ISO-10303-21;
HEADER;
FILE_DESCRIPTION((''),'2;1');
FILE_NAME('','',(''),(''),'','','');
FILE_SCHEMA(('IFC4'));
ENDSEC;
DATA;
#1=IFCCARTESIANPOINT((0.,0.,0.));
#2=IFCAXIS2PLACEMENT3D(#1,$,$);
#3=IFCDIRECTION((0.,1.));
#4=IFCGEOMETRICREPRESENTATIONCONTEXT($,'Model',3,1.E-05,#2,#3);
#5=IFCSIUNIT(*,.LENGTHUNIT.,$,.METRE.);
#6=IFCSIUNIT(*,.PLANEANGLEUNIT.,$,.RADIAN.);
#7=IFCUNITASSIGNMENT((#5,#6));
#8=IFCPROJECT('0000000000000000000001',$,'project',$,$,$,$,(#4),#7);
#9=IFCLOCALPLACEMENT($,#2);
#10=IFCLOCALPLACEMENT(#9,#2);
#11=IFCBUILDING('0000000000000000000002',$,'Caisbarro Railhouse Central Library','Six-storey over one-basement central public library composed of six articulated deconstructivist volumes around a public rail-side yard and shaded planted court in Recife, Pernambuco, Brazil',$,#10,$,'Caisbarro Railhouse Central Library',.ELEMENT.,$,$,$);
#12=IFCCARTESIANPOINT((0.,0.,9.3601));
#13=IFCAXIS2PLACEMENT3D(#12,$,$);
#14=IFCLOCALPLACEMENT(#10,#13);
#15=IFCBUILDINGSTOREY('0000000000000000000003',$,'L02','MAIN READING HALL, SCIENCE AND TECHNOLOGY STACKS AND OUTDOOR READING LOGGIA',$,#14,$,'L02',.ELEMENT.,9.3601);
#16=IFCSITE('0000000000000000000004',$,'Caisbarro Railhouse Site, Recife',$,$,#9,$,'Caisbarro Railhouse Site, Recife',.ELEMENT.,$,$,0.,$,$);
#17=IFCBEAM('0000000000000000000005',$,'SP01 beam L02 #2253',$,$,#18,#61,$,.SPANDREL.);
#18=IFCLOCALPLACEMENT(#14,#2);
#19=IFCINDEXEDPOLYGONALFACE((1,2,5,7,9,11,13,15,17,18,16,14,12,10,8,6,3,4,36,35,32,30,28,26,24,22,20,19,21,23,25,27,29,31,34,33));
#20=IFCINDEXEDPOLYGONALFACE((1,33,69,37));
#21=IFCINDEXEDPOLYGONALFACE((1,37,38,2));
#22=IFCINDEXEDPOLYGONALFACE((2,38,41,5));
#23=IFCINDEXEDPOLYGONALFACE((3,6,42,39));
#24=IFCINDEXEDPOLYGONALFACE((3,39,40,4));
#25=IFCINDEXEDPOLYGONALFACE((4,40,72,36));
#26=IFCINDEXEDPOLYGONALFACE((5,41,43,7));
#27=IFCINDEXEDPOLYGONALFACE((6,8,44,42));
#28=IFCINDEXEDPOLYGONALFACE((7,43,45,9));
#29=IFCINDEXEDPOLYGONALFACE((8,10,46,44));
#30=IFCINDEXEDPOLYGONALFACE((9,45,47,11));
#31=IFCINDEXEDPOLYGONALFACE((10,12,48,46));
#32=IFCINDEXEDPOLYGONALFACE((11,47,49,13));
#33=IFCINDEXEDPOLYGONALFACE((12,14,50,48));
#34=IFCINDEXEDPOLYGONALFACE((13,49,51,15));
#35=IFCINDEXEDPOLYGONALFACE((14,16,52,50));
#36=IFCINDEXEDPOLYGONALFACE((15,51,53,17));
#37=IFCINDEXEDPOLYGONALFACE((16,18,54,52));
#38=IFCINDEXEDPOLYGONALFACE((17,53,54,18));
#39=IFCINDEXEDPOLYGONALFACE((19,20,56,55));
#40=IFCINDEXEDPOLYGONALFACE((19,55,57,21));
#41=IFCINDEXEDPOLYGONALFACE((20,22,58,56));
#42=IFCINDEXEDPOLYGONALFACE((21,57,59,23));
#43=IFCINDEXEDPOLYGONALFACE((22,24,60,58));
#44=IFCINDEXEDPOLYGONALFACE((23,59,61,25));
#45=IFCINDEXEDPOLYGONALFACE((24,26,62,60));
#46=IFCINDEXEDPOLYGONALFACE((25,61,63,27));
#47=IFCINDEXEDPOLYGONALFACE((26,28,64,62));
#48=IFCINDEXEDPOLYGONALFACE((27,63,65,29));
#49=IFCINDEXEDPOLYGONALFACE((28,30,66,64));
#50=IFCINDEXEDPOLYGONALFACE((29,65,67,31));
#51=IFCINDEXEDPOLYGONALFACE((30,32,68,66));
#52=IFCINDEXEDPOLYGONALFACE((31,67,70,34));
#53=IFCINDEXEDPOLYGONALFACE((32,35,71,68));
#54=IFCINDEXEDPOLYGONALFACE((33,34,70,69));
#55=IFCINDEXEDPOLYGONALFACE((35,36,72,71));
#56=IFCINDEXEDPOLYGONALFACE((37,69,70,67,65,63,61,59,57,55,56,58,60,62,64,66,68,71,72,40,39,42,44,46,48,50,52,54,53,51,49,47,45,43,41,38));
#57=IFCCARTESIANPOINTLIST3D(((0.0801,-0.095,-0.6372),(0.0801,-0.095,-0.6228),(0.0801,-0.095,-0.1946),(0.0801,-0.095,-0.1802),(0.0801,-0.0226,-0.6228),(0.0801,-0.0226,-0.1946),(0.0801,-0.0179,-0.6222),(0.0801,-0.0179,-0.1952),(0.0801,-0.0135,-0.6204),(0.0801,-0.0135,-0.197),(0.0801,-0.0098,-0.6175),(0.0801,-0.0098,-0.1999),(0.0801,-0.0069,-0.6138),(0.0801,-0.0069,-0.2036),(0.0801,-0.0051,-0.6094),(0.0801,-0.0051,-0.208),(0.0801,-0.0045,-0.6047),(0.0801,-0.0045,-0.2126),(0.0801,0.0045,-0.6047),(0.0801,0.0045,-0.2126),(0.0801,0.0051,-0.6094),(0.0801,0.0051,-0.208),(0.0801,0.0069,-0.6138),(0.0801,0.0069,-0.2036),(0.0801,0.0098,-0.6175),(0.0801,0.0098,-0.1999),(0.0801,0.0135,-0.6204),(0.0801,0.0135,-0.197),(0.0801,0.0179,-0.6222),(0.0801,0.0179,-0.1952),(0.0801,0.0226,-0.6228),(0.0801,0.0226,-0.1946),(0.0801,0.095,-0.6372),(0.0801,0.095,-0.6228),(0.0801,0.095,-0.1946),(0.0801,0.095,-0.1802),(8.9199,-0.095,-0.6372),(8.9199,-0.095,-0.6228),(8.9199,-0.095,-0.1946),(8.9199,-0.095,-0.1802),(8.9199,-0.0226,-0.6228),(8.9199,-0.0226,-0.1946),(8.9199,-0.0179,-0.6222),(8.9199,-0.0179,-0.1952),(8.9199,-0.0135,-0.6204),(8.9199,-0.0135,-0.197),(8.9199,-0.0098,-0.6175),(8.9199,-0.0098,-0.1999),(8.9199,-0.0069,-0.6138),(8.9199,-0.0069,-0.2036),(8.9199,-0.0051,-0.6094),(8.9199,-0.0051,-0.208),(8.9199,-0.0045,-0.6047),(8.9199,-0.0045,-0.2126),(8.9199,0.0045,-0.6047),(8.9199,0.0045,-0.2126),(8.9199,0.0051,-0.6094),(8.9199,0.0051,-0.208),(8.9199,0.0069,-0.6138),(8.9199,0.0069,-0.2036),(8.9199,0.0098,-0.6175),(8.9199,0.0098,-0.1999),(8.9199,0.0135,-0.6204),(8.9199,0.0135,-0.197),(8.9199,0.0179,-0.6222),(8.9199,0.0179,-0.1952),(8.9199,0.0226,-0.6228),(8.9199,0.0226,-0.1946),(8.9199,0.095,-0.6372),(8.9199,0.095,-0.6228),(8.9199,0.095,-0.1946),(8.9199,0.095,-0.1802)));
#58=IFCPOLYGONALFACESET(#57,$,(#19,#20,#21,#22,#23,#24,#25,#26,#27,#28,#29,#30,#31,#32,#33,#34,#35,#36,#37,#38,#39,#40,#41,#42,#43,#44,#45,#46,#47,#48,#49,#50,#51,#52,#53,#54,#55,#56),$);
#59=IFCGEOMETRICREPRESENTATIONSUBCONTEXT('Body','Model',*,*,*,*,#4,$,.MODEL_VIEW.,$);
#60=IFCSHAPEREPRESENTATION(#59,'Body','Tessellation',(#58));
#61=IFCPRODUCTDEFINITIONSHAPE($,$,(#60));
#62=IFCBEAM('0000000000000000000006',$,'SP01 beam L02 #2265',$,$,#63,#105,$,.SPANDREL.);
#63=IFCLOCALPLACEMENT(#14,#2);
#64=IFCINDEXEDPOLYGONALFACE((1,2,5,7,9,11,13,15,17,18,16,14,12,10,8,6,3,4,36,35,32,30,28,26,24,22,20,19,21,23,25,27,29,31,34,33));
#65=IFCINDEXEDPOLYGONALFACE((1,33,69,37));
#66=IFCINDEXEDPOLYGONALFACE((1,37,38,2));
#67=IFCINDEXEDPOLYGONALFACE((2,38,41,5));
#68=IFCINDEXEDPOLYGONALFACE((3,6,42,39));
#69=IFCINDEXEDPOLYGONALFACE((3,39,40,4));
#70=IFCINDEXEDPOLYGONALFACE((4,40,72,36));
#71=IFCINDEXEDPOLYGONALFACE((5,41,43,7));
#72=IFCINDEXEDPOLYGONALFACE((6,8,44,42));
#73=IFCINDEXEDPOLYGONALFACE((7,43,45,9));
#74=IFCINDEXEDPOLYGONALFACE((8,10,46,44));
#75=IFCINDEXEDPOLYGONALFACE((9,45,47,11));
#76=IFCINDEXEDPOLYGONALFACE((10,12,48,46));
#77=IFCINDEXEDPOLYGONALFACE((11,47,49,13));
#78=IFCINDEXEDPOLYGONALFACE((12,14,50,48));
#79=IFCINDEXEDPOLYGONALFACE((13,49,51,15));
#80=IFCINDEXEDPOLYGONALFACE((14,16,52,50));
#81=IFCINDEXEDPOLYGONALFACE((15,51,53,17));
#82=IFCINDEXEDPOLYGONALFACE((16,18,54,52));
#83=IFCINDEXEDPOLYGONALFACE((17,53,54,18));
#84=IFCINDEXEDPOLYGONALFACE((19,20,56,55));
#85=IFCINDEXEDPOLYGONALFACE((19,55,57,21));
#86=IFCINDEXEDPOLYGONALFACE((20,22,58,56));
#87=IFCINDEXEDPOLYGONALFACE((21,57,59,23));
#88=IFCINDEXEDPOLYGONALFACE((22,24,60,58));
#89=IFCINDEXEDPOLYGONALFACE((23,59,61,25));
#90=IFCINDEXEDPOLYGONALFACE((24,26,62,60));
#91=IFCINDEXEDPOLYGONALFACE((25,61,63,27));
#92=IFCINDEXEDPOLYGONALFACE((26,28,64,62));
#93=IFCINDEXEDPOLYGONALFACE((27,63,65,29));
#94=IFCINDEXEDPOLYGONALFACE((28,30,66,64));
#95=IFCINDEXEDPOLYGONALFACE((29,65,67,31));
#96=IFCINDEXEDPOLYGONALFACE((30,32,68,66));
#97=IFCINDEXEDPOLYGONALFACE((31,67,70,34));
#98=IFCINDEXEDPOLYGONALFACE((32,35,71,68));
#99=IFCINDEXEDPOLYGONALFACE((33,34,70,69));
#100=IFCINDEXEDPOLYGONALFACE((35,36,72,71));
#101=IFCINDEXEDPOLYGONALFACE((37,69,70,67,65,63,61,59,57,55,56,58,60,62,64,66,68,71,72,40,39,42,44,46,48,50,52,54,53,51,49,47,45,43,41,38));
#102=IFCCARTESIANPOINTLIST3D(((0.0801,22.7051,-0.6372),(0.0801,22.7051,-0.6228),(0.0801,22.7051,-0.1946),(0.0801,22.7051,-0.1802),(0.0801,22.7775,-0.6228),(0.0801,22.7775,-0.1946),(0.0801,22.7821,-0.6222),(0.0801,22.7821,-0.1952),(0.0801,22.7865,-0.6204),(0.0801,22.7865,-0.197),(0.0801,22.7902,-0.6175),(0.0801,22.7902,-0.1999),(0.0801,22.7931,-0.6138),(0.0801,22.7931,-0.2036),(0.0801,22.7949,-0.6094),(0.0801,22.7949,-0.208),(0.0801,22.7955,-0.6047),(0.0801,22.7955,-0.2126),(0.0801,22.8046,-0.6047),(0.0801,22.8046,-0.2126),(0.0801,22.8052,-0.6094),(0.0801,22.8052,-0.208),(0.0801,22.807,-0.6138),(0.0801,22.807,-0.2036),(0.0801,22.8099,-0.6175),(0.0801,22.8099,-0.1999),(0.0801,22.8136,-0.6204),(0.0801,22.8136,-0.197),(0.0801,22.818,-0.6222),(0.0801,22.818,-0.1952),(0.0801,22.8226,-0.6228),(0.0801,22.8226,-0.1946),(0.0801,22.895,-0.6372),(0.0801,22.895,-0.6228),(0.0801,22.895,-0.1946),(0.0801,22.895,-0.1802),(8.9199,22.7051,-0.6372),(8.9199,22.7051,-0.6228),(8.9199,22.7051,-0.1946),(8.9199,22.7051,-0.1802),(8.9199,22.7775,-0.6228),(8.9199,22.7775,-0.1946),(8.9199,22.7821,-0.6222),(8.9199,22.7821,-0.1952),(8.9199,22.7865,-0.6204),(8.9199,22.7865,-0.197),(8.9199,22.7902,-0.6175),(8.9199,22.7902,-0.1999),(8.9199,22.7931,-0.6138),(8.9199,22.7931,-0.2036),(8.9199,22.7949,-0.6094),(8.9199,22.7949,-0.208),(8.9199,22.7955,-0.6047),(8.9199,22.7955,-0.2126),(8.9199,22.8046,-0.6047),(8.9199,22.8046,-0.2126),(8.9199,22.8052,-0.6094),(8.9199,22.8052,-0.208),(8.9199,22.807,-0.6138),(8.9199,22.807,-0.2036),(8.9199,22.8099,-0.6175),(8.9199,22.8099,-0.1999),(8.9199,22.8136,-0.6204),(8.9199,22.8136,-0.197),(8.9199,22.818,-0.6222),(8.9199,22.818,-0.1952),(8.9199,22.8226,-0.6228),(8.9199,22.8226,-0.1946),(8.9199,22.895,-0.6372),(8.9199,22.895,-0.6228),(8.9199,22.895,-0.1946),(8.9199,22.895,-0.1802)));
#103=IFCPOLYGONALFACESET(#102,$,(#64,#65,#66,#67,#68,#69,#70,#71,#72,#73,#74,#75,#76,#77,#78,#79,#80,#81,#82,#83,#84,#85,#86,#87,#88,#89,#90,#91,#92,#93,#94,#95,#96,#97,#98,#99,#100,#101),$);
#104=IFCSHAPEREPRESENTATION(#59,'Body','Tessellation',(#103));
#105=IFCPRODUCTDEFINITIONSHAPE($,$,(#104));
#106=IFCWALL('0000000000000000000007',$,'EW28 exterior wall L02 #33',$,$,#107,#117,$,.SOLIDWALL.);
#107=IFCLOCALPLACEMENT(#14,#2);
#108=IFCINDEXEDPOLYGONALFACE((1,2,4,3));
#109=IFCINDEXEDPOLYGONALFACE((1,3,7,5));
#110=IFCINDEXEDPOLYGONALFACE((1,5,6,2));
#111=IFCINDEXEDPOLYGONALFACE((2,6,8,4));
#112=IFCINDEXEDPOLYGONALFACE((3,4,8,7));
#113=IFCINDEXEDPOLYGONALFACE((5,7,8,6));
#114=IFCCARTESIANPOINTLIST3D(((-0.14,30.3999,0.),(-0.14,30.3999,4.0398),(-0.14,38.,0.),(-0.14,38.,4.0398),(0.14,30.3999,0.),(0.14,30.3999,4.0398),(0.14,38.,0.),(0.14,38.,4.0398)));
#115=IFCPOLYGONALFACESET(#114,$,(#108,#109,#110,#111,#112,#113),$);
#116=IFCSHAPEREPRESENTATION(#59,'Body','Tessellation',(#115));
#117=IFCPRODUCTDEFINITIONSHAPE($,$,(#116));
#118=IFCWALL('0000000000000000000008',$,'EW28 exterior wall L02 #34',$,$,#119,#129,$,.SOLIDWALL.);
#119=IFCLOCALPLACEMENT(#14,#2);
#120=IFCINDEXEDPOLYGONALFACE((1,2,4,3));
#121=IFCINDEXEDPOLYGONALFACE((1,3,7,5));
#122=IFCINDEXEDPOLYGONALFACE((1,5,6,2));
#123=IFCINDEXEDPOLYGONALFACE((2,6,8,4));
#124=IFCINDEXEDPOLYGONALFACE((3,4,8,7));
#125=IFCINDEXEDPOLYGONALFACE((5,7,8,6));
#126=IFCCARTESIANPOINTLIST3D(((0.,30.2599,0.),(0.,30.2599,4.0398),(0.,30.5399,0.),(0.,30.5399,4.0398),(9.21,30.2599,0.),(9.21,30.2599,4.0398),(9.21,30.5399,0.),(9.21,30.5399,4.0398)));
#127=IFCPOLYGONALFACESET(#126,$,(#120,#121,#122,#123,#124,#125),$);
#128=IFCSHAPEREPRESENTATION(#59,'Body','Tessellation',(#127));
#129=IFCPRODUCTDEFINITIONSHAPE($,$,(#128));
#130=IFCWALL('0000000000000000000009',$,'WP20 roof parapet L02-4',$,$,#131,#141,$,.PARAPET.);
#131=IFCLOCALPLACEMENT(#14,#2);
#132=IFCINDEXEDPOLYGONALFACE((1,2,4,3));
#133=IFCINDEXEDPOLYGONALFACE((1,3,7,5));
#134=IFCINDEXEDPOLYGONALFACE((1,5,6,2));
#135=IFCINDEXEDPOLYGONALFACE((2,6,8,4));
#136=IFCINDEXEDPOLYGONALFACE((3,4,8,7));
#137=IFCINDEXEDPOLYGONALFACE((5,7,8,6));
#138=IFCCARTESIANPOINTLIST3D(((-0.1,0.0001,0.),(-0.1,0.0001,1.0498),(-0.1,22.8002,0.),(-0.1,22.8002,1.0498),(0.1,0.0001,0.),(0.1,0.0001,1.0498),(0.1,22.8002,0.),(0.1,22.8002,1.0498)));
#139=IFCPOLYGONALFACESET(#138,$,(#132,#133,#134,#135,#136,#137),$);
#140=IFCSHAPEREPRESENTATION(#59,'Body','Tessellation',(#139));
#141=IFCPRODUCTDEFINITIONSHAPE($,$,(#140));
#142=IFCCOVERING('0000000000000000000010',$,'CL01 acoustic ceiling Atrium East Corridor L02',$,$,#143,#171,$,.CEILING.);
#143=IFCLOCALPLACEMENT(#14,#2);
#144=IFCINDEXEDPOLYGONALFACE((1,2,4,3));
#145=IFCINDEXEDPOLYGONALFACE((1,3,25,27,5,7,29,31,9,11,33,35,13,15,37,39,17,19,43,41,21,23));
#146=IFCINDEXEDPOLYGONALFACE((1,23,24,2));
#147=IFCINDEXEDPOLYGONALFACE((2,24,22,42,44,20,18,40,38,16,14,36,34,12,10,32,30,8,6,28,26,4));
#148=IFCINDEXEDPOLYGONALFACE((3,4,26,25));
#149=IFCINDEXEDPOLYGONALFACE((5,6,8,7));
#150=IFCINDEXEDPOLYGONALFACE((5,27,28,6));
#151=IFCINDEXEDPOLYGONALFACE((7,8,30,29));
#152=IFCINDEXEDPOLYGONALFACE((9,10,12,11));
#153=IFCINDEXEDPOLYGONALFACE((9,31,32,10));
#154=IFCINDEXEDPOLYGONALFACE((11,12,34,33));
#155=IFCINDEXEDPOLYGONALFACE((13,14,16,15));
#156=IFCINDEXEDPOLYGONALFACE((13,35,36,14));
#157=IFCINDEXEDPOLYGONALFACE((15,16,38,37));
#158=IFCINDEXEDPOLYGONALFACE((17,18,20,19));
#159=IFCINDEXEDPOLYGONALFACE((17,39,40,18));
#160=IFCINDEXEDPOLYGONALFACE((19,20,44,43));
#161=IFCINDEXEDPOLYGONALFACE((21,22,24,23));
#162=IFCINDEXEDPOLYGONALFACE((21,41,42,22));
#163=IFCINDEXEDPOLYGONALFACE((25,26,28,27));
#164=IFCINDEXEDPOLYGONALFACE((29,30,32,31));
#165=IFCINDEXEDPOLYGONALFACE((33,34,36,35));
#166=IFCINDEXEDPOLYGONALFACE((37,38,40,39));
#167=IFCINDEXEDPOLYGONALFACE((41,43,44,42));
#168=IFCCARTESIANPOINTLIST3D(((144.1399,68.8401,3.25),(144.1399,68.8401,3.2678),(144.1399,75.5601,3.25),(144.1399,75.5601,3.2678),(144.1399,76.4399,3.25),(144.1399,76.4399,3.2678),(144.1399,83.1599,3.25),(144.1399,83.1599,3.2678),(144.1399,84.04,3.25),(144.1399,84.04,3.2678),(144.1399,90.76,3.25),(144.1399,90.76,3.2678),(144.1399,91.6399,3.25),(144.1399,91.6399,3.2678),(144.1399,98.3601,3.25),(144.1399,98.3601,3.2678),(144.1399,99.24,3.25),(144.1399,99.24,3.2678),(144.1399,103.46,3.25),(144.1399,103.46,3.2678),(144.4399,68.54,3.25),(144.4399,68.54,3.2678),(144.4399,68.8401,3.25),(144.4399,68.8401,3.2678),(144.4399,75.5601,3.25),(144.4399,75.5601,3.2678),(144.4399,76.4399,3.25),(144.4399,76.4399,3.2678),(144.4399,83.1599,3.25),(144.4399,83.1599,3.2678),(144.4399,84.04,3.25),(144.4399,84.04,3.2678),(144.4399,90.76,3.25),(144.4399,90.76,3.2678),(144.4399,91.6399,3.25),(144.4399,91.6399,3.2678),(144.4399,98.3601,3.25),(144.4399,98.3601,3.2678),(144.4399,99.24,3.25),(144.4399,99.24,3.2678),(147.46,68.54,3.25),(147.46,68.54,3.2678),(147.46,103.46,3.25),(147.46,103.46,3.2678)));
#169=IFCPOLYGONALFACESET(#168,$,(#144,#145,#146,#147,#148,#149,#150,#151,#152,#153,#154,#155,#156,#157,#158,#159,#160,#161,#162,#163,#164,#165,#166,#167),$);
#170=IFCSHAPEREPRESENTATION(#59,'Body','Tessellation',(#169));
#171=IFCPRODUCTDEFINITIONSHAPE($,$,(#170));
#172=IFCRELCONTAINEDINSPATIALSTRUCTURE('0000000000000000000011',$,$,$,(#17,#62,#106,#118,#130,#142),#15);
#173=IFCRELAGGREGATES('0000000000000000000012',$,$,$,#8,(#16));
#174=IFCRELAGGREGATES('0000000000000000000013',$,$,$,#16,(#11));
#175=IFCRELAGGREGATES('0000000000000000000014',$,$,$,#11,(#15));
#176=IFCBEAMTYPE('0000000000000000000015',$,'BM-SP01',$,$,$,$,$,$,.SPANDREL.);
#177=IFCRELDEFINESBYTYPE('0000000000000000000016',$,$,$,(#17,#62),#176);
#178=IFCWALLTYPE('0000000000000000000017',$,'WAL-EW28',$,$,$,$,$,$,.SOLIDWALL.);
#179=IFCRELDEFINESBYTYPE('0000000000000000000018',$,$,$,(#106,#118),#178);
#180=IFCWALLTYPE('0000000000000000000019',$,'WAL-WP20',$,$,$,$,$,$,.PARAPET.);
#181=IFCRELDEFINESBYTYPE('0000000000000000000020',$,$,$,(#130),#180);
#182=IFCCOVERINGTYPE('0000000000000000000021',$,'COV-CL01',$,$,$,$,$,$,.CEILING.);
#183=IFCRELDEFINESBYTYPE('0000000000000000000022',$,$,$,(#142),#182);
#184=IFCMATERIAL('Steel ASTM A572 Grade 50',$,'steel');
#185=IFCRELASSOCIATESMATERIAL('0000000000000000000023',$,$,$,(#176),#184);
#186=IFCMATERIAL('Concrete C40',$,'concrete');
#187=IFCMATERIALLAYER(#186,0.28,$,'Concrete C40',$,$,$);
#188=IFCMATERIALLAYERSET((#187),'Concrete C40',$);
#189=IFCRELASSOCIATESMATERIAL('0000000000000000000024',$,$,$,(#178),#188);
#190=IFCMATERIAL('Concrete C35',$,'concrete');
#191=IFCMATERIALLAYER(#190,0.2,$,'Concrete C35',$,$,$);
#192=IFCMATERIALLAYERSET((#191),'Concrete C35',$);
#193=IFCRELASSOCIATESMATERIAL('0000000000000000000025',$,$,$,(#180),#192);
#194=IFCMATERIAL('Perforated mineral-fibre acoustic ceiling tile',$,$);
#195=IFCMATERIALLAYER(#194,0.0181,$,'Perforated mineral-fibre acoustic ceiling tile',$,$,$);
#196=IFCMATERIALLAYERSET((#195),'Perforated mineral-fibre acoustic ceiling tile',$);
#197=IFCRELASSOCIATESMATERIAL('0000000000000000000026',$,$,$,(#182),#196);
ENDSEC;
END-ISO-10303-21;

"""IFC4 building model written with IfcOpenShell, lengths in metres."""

from ifc_helpers import new_model, si_unit, direction, frame, frame_2d, origin, origin_2d, place, context, subcontext, project, spatial, polyline, rectangle, i_section, outline, extrude, material, layer, layer_set, material_profile, profile_set, type_object, element, save


model = new_model("IFC4")

# Units and contexts
model_context = context("Model", 3, precision=1e-05, world=origin(), true_north=direction((0.0, 1.0)))
body_context = subcontext(model_context, "Body", "Model", "MODEL_VIEW")
ifc_project = project(units=[si_unit("LENGTHUNIT", "METRE"), si_unit("PLANEANGLEUNIT", "RADIAN")], contexts=[model_context])

# Site, building, storey
site_placement = place(None, origin())
site = spatial("IfcSite", under=ifc_project, at=site_placement, Name="Caisbarro Railhouse Site, Recife", LongName="Caisbarro Railhouse Site, Recife", CompositionType="ELEMENT", RefElevation=0.0)
building_placement = place(site_placement, origin())
building = spatial("IfcBuilding", under=site, at=building_placement, Name="Caisbarro Railhouse Central Library", Description="Six-storey over one-basement central public library composed of six articulated deconstructivist volumes around a public rail-side yard and shaded planted court in Recife, Pernambuco, Brazil", LongName="Caisbarro Railhouse Central Library", CompositionType="ELEMENT")
storey_placement = place(building_placement, frame((0.0, 0.0, 9.3601)))
storey = spatial("IfcBuildingStorey", under=building, at=storey_placement, Name="L02", Description="MAIN READING HALL, SCIENCE AND TECHNOLOGY STACKS AND OUTDOOR READING LOGGIA", LongName="L02", CompositionType="ELEMENT", Elevation=9.3601)

# Shared definitions
ifc_material_1 = material(Name="Steel ASTM A572 Grade 50", Category="steel")

# Beams
ifc_material_profile_1 = material_profile(ifc_material_1, i_section(OverallWidth=0.1899, OverallDepth=0.457, WebThickness=0.009, FlangeThickness=0.0144, FilletRadius=0.0181, at=origin_2d()), Name="W460X74.0")
ifc_profile_set_1 = profile_set([ifc_material_profile_1], Name="Steel ASTM A572 Grade 50")
beam_type_1 = type_object("IfcBeamType", Name="BM-SP01", PredefinedType="SPANDREL", material=ifc_profile_set_1)
for number, where, z_axis, x_axis, name in (
    (1, (0.0801, 0.0, -0.4087), (1.0, 0.0, 0.0), (0.0, 1.0, 0.0), "SP01 beam L02 #2253"),
    (2, (0.0801, 22.8, -0.4087), (1.0, 0.0, 0.0), (0.0, 1.0, 0.0), "SP01 beam L02 #2265"),
):
    element("IfcBeam", number, at=place(storey_placement, frame(where, z_axis=z_axis, x_axis=x_axis)), inside=storey, type_object=beam_type_1, Name=name, PredefinedType="SPANDREL", context=body_context, shape_type="SweptSolid", body=[
        extrude(i_section(OverallWidth=0.1899, OverallDepth=0.457, WebThickness=0.009, FlangeThickness=0.0144, FilletRadius=0.0181, at=origin_2d()), origin(), (0.0, 0.0, 1.0), 8.8398),
    ])

# Walls
ifc_material_2 = material(Name="Concrete C40", Category="concrete")
ifc_layer_1 = layer(ifc_material_2, 0.28, Name="Concrete C40")
ifc_layer_set_1 = layer_set([ifc_layer_1], Name="Concrete C40")
wall_type_1 = type_object("IfcWallType", Name="WAL-EW28", PredefinedType="SOLIDWALL", material=ifc_layer_set_1)
wall_1_placement = place(storey_placement, frame((0.0, 30.3999, 0.0), z_axis=(0.0, 0.0, 1.0), x_axis=(0.0, 1.0, 0.0)))
element("IfcWall", 3, at=wall_1_placement, inside=storey, type_object=wall_type_1, Name="EW28 exterior wall L02 #33", PredefinedType="SOLIDWALL", context=body_context, shape_type="SweptSolid", body=[
    extrude(rectangle(XDim=7.6001, YDim=0.28, at=frame_2d((3.8, 0.0))), origin(), (0.0, 0.0, 1.0), 4.0398),
])
wall_2_placement = place(storey_placement, frame((0.0, 30.3999, 0.0), z_axis=(0.0, 0.0, 1.0), x_axis=(1.0, 0.0, 0.0)))
element("IfcWall", 4, at=wall_2_placement, inside=storey, type_object=wall_type_1, Name="EW28 exterior wall L02 #34", PredefinedType="SOLIDWALL", context=body_context, shape_type="SweptSolid", body=[
    extrude(rectangle(XDim=9.21, YDim=0.28, at=frame_2d((4.605, 0.0))), origin(), (0.0, 0.0, 1.0), 4.0398),
])
ifc_material_3 = material(Name="Concrete C35", Category="concrete")
ifc_layer_2 = layer(ifc_material_3, 0.2, Name="Concrete C35")
ifc_layer_set_2 = layer_set([ifc_layer_2], Name="Concrete C35")
wall_type_2 = type_object("IfcWallType", Name="WAL-WP20", PredefinedType="PARAPET", material=ifc_layer_set_2)
wall_3_placement = place(storey_placement, frame((0.0, 22.8, 0.0), z_axis=(0.0, 0.0, 1.0), x_axis=(0.0, -1.0, 0.0)))
element("IfcWall", 5, at=wall_3_placement, inside=storey, type_object=wall_type_2, Name="WP20 roof parapet L02-4", PredefinedType="PARAPET", context=body_context, shape_type="SweptSolid", body=[
    extrude(rectangle(XDim=22.8, YDim=0.2, at=frame_2d((11.3999, 0.0))), origin(), (0.0, 0.0, 1.0), 1.0498),
])

# Covering
ifc_material_4 = material(Name="Perforated mineral-fibre acoustic ceiling tile")
ifc_layer_3 = layer(ifc_material_4, 0.0181, Name="Perforated mineral-fibre acoustic ceiling tile")
ifc_layer_set_3 = layer_set([ifc_layer_3], Name="Perforated mineral-fibre acoustic ceiling tile")
covering_type_1 = type_object("IfcCoveringType", Name="COV-CL01", PredefinedType="CEILING", material=ifc_layer_set_3)
covering_1_placement = place(storey_placement, frame((0.0, 0.0, 3.25)))
element("IfcCovering", 6, at=covering_1_placement, inside=storey, type_object=covering_type_1, Name="CL01 acoustic ceiling Atrium East Corridor L02", PredefinedType="CEILING", context=body_context, shape_type="SweptSolid", body=[
    extrude(outline(polyline([(144.4399, 68.8401), (144.1399, 68.8401), (144.1399, 75.5601), (144.4399, 75.5601), (144.4399, 76.4399), (144.1399, 76.4399), (144.1399, 83.1599), (144.4399, 83.1599), (144.4399, 84.04), (144.1399, 84.04), (144.1399, 90.76), (144.4399, 90.76), (144.4399, 91.6399), (144.1399, 91.6399), (144.1399, 98.3601), (144.4399, 98.3601), (144.4399, 99.24), (144.1399, 99.24), (144.1399, 103.46), (147.46, 103.46), (147.46, 68.54), (144.4399, 68.54), (144.4399, 68.8401)])), origin(), (0.0, 0.0, 1.0), 0.0178),
])

save(model, "model.ifc")
